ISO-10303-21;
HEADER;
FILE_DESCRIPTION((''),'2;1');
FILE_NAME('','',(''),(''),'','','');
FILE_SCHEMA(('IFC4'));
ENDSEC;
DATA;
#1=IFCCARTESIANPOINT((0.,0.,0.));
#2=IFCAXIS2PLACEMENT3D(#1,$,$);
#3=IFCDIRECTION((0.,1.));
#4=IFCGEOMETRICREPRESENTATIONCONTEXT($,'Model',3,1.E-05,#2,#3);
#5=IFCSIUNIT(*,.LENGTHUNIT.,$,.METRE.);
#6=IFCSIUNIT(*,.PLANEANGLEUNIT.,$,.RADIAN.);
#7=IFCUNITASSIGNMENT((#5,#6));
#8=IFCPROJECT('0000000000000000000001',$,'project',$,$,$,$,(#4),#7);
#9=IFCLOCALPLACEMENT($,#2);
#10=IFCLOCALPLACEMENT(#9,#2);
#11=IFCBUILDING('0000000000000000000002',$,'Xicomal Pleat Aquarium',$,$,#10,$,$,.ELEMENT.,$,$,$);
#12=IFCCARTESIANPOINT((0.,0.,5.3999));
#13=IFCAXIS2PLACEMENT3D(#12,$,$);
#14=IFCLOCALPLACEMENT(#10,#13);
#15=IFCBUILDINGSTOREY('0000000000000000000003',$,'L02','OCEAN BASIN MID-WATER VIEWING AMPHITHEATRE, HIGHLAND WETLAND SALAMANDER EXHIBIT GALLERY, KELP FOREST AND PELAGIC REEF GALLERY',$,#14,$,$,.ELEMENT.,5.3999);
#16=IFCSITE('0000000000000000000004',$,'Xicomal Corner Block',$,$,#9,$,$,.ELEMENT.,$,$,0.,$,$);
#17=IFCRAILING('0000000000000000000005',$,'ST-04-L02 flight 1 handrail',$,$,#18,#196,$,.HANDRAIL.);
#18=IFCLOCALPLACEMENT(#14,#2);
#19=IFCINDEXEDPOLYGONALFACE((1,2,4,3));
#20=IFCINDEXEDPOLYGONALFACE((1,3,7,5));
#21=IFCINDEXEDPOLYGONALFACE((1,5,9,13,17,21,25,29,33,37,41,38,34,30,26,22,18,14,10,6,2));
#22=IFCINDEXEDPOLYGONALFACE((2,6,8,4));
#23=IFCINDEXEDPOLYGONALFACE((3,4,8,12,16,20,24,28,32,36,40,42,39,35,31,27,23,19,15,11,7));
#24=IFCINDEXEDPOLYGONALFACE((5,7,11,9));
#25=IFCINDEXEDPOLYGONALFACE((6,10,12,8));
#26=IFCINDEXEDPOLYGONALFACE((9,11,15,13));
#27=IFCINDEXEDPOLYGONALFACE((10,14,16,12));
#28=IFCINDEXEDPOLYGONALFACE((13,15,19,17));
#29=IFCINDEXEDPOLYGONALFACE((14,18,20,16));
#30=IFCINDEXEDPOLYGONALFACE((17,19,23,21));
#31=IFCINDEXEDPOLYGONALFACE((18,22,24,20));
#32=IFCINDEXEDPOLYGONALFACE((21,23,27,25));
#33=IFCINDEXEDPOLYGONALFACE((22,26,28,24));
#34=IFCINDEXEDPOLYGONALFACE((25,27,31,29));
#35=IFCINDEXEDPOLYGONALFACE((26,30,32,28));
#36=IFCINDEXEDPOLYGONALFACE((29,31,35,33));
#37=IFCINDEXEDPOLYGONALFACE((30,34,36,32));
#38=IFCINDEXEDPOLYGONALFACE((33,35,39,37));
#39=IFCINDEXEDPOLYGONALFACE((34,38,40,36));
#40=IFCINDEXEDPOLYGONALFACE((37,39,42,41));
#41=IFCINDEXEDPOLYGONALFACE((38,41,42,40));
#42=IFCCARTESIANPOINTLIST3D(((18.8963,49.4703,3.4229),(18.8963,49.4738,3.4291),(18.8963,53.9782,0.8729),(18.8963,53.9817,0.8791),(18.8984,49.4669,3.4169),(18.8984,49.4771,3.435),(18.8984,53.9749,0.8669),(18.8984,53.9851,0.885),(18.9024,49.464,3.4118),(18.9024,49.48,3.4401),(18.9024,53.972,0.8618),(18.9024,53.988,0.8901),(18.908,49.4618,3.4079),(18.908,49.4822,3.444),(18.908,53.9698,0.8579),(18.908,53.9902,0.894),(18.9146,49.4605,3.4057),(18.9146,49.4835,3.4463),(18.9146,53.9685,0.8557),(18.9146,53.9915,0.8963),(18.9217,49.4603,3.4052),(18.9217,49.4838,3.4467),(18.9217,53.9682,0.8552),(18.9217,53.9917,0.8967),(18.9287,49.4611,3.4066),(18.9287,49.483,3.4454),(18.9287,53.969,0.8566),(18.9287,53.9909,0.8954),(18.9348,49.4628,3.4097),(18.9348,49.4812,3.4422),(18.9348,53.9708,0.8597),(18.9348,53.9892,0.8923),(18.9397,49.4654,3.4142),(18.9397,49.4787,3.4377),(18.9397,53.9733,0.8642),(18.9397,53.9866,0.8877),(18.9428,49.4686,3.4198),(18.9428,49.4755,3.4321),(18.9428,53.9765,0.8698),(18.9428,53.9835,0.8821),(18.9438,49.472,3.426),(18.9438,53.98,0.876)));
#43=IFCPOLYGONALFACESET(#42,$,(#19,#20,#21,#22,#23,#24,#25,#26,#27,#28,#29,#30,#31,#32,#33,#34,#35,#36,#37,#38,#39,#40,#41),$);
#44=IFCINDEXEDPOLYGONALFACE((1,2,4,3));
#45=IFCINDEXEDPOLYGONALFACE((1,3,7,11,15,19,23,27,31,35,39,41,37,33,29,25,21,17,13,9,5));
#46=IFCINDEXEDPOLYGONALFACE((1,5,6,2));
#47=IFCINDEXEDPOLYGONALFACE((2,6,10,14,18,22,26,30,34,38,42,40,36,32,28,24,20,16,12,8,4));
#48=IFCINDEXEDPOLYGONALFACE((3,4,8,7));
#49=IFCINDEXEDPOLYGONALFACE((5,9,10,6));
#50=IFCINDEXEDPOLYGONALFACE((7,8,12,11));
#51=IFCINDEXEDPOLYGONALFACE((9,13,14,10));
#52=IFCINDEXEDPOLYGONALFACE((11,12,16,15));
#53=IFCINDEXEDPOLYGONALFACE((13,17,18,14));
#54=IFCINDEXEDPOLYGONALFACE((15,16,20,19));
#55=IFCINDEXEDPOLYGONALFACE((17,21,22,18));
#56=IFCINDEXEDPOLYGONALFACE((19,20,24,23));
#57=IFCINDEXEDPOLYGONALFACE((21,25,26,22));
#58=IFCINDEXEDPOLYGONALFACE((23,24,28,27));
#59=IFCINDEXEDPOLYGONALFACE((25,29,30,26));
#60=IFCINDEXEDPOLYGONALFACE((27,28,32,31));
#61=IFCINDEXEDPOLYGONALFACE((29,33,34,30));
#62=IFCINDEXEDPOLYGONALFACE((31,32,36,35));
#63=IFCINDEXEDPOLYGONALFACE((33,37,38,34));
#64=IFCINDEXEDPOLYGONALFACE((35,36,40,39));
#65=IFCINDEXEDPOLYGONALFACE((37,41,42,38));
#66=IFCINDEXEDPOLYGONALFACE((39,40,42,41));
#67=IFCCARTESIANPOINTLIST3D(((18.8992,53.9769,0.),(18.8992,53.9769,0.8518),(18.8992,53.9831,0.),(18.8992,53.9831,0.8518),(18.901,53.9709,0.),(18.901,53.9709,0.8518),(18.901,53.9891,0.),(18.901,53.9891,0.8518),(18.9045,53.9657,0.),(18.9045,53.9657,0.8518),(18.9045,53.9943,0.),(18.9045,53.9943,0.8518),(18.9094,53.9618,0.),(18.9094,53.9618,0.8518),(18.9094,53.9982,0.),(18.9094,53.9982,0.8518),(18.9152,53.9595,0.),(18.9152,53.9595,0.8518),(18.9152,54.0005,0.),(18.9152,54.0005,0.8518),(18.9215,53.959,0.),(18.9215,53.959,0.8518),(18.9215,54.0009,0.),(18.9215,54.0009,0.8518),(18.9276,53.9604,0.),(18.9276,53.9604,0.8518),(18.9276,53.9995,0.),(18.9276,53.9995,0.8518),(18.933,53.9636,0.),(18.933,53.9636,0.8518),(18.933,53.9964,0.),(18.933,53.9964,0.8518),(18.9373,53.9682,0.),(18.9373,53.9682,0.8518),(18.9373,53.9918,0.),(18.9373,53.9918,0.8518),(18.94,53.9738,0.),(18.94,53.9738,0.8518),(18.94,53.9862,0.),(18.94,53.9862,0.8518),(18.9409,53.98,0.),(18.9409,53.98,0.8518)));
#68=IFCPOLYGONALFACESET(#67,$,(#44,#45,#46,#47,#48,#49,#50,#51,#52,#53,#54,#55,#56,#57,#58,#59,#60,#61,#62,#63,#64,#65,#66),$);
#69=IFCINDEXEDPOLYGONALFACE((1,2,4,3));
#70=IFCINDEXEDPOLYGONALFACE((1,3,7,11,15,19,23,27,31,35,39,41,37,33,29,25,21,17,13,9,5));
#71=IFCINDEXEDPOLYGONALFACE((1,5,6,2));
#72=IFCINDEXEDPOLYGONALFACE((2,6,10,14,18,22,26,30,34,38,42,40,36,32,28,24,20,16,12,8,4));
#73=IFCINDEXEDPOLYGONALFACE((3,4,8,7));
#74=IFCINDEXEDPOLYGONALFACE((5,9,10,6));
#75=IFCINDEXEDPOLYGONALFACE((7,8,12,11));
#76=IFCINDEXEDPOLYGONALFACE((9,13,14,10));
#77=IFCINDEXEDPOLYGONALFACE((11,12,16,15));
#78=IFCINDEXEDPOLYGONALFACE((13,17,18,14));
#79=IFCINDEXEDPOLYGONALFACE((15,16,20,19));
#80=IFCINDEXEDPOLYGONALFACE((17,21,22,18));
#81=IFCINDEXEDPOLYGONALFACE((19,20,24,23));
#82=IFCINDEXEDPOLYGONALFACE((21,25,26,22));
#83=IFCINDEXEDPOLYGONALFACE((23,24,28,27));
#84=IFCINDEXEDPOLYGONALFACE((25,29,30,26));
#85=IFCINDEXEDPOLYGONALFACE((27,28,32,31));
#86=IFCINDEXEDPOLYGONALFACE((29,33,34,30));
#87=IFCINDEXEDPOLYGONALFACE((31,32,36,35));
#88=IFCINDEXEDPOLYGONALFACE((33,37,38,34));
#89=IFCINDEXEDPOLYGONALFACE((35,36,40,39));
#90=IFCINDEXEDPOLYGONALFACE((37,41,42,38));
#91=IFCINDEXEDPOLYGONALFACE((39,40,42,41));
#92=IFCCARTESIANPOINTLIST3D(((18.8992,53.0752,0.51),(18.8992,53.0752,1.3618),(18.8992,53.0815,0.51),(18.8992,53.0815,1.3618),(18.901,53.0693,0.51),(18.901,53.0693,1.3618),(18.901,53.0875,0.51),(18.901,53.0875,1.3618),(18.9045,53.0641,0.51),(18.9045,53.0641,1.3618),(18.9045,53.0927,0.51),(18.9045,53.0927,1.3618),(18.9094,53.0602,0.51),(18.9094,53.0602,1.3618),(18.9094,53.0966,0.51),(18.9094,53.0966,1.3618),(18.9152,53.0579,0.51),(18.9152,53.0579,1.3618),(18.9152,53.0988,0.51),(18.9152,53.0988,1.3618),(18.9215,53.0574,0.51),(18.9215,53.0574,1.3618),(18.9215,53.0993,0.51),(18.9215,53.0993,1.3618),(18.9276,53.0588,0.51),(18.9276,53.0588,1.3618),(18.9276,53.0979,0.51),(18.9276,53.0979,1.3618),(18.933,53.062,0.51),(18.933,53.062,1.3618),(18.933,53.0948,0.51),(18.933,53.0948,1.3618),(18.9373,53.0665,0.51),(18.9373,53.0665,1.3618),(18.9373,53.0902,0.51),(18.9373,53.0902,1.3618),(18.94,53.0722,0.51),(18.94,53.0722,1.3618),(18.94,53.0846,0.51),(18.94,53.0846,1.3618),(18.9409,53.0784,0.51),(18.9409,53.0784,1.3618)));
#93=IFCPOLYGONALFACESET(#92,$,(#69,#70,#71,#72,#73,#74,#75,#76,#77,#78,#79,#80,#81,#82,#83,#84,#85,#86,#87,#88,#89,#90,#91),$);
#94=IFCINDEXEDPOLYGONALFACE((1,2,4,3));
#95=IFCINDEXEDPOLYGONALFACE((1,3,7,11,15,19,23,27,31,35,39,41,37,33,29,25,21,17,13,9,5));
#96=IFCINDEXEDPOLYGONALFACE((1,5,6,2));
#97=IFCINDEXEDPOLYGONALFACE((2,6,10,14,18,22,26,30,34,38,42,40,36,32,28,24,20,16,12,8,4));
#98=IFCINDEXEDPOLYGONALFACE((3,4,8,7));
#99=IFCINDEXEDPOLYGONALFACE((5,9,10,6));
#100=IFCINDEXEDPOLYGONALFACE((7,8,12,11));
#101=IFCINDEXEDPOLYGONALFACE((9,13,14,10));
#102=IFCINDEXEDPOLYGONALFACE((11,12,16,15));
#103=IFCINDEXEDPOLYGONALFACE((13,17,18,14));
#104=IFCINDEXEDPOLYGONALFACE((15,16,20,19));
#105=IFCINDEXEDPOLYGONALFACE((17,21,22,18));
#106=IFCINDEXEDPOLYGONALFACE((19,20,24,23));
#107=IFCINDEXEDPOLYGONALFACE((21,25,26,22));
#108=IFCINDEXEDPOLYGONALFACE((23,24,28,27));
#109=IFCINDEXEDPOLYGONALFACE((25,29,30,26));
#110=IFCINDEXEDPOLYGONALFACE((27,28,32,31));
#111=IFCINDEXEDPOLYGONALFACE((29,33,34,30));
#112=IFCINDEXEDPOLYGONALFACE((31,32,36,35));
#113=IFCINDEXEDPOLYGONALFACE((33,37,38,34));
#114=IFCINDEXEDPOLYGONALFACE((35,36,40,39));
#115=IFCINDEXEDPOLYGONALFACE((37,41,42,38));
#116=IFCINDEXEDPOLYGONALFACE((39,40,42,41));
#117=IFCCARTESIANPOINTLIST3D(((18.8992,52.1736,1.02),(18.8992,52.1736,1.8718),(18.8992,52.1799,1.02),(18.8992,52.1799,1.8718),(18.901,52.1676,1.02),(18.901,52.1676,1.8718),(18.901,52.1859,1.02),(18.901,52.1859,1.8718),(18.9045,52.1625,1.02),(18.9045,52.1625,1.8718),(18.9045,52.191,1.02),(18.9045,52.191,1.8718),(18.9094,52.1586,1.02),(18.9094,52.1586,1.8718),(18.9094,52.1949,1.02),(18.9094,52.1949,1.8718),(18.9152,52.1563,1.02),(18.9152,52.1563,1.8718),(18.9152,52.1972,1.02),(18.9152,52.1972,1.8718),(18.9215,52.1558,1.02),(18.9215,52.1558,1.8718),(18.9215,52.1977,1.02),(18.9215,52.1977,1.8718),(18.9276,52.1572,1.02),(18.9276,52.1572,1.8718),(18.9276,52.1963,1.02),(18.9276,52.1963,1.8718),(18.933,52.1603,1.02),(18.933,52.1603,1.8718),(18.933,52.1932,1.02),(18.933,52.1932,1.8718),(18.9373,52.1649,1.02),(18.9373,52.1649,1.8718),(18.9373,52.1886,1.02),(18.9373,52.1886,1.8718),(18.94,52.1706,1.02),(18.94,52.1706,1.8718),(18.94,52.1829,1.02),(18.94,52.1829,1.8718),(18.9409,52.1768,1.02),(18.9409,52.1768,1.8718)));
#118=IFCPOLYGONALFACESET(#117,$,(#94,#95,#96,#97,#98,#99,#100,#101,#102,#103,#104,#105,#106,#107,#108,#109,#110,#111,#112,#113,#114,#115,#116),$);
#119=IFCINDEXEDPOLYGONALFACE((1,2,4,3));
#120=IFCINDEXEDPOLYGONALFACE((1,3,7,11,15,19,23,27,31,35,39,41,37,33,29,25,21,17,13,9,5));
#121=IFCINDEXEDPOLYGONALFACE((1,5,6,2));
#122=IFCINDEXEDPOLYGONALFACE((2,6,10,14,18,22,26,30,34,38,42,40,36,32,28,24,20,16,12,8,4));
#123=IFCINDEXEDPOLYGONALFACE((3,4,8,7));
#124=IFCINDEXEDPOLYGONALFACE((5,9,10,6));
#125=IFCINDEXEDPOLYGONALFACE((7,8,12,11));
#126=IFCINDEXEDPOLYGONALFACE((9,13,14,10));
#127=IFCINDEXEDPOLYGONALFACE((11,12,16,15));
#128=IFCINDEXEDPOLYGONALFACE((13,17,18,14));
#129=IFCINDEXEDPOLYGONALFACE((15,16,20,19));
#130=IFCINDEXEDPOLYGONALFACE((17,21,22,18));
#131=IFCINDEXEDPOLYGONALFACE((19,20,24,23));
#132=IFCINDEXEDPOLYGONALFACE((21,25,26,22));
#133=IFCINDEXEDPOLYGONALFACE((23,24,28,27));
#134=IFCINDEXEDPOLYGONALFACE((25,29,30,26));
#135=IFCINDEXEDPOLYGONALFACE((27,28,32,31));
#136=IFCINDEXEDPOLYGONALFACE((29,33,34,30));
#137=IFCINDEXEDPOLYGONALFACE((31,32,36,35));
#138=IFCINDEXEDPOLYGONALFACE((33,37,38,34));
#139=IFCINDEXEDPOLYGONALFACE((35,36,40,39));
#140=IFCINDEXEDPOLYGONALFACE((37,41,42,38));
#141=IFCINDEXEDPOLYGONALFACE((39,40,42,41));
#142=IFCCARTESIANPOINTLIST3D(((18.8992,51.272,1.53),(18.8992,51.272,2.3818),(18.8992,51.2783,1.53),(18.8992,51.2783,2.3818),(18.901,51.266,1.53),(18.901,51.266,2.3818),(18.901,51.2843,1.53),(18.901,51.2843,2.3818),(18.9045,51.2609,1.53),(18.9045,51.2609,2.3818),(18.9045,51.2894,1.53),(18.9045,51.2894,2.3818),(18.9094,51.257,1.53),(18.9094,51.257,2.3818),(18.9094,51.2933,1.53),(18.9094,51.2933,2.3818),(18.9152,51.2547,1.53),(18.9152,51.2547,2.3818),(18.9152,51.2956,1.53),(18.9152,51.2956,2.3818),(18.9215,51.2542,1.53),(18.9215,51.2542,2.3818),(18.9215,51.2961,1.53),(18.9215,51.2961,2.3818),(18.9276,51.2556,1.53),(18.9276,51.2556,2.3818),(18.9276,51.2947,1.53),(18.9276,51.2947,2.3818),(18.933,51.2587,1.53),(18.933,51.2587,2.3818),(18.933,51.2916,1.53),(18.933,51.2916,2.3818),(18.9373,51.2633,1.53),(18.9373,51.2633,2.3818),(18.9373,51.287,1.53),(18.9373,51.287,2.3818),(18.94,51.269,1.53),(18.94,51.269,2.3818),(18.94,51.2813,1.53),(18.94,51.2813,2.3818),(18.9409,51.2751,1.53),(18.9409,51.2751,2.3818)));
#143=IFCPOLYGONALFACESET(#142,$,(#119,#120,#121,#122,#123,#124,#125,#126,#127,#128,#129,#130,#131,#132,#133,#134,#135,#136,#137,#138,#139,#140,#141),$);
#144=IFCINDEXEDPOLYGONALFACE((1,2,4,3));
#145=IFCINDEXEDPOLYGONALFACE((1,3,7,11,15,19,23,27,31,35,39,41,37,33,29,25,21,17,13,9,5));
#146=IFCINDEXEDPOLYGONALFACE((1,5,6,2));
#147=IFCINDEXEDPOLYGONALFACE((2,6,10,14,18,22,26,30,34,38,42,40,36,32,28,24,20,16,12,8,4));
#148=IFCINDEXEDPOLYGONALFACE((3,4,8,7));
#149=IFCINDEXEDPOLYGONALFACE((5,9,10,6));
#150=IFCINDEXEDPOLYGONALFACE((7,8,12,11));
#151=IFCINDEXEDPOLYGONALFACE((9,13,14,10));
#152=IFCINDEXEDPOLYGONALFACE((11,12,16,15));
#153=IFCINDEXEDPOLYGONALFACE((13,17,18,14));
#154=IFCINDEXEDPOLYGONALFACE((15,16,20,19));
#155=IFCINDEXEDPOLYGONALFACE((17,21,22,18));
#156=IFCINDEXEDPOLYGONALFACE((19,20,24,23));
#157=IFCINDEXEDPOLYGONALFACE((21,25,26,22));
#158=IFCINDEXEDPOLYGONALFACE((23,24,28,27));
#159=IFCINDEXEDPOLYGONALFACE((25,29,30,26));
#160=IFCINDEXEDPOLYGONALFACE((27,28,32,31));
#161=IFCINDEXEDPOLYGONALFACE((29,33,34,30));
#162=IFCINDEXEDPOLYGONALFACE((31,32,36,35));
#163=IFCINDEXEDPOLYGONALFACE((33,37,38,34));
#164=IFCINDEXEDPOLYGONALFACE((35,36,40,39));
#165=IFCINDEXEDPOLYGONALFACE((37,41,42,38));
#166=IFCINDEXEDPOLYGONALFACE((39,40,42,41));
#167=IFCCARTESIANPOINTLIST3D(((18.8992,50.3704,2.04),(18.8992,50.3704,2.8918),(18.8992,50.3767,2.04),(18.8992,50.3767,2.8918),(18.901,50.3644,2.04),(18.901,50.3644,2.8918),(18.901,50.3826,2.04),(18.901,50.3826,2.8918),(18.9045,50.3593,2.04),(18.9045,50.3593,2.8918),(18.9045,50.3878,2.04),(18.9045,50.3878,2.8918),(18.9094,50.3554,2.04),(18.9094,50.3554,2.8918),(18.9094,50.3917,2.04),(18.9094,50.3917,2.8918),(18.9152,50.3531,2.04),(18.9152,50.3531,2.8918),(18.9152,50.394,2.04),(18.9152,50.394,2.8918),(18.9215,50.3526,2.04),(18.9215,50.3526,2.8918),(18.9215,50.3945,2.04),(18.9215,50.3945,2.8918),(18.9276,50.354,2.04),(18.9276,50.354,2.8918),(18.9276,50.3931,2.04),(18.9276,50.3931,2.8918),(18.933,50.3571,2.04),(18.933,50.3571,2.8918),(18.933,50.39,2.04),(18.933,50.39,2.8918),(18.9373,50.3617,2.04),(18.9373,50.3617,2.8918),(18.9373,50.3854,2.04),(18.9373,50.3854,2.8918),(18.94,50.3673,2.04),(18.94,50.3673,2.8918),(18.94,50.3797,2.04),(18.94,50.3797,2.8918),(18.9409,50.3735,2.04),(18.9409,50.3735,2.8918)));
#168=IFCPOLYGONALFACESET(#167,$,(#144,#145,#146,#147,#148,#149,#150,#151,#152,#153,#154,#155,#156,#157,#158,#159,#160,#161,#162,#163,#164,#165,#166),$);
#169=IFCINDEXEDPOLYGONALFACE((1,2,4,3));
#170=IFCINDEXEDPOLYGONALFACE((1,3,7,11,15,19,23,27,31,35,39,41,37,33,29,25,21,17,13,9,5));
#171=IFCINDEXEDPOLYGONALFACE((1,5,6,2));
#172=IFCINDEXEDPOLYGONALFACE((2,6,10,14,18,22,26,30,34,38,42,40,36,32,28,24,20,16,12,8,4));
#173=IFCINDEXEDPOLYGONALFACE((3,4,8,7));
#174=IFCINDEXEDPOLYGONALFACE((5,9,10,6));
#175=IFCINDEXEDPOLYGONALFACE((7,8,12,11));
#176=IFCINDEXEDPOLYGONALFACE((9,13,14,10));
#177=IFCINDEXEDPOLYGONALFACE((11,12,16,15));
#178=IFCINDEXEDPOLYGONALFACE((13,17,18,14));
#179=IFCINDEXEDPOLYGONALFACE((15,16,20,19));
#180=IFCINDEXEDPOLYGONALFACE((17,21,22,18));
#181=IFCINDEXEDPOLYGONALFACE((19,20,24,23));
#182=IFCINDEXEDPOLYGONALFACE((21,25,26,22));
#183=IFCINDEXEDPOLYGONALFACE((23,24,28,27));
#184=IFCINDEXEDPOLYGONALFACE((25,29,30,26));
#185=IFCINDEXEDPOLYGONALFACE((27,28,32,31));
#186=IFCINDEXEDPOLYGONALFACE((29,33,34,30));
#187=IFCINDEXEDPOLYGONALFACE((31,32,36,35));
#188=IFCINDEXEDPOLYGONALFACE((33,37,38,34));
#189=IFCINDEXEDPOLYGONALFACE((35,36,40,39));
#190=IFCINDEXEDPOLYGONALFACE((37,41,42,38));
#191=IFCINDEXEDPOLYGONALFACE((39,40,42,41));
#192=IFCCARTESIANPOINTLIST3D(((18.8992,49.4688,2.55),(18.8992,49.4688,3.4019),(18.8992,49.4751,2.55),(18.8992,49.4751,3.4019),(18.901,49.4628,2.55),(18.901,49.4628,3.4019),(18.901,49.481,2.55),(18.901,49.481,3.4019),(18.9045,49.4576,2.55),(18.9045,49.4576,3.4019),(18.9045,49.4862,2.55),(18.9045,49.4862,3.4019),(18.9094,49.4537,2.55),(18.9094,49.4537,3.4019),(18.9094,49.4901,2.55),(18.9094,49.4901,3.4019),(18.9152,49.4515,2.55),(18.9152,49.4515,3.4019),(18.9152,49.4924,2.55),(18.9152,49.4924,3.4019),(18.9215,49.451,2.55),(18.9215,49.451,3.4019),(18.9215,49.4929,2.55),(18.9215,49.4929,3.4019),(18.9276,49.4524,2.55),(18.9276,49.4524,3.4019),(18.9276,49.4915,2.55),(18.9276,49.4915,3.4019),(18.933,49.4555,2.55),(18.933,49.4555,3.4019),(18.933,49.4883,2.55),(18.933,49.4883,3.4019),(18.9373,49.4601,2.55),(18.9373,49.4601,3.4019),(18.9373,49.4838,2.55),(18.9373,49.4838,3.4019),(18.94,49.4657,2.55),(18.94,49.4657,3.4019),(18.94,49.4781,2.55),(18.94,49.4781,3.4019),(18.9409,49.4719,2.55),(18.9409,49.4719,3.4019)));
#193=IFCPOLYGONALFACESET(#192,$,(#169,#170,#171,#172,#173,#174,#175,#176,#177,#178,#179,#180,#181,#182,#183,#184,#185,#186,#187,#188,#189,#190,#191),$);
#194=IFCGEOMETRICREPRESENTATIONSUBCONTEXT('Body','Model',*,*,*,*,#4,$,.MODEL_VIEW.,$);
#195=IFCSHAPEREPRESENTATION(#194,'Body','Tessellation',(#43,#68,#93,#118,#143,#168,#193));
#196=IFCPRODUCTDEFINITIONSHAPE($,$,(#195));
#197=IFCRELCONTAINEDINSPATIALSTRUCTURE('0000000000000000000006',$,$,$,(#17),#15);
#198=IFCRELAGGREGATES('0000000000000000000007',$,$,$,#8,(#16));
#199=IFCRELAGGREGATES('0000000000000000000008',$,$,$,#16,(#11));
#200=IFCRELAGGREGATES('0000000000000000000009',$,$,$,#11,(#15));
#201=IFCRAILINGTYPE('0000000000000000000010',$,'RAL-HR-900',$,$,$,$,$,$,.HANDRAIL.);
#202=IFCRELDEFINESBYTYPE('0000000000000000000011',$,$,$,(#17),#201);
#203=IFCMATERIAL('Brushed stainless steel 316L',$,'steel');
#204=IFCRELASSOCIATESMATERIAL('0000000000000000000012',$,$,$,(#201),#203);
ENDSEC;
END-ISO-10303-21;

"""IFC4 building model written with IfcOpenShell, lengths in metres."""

from ifc_helpers import new_model, si_unit, direction, frame, origin, origin_2d, place, context, subcontext, project, spatial, circle, extrude, material, type_object, element, save


model = new_model("IFC4")

# Units and contexts
model_context = context("Model", 3, precision=1e-05, world=origin(), true_north=direction((0.0, 1.0)))
body_context = subcontext(model_context, "Body", "Model", "MODEL_VIEW")
ifc_project = project(units=[si_unit("LENGTHUNIT", "METRE"), si_unit("PLANEANGLEUNIT", "RADIAN")], contexts=[model_context])

# Site, building, storey
site_placement = place(None, origin())
site = spatial("IfcSite", under=ifc_project, at=site_placement, Name="Xicomal Corner Block", CompositionType="ELEMENT", RefElevation=0.0)
building_placement = place(site_placement, origin())
building = spatial("IfcBuilding", under=site, at=building_placement, Name="Xicomal Pleat Aquarium", CompositionType="ELEMENT")
storey_placement = place(building_placement, frame((0.0, 0.0, 5.3999)))
storey = spatial("IfcBuildingStorey", under=building, at=storey_placement, Name="L02", Description="OCEAN BASIN MID-WATER VIEWING AMPHITHEATRE, HIGHLAND WETLAND SALAMANDER EXHIBIT GALLERY, KELP FOREST AND PELAGIC REEF GALLERY", CompositionType="ELEMENT", Elevation=5.3999)

# Railing
ifc_material_1 = material(Name="Brushed stainless steel 316L", Category="steel")
railing_type_1 = type_object("IfcRailingType", Name="RAL-HR-900", PredefinedType="HANDRAIL", material=ifc_material_1)
railing_1_placement = place(storey_placement, frame((18.9199, 53.98, 0.0)))
element("IfcRailing", 1, at=railing_1_placement, inside=storey, type_object=railing_type_1, Name="ST-04-L02 flight 1 handrail", PredefinedType="HANDRAIL", context=body_context, shape_type="SweptSolid", body=[
    extrude(circle(Radius=0.0239, at=origin_2d()), frame((0.0, 0.0, 0.876), z_axis=(0.0, -0.870396, 0.492352), x_axis=(1.0, 0.0, 0.0)), (0.0, 0.0, 1.0), 5.1792),
    extrude(circle(Radius=0.021, at=origin_2d()), origin(), (0.0, 0.0, 1.0), 0.8518),
    extrude(circle(Radius=0.021, at=origin_2d()), frame((0.0, -0.9016, 0.51)), (0.0, 0.0, 1.0), 0.8518),
    extrude(circle(Radius=0.021, at=origin_2d()), frame((0.0, -1.8032, 1.02)), (0.0, 0.0, 1.0), 0.8518),
    extrude(circle(Radius=0.021, at=origin_2d()), frame((0.0, -2.7048, 1.53)), (0.0, 0.0, 1.0), 0.8518),
    extrude(circle(Radius=0.021, at=origin_2d()), frame((0.0, -3.6064, 2.04)), (0.0, 0.0, 1.0), 0.8518),
    extrude(circle(Radius=0.021, at=origin_2d()), frame((0.0, -4.5081, 2.55)), (0.0, 0.0, 1.0), 0.8518),
])

save(model, "model.ifc")
